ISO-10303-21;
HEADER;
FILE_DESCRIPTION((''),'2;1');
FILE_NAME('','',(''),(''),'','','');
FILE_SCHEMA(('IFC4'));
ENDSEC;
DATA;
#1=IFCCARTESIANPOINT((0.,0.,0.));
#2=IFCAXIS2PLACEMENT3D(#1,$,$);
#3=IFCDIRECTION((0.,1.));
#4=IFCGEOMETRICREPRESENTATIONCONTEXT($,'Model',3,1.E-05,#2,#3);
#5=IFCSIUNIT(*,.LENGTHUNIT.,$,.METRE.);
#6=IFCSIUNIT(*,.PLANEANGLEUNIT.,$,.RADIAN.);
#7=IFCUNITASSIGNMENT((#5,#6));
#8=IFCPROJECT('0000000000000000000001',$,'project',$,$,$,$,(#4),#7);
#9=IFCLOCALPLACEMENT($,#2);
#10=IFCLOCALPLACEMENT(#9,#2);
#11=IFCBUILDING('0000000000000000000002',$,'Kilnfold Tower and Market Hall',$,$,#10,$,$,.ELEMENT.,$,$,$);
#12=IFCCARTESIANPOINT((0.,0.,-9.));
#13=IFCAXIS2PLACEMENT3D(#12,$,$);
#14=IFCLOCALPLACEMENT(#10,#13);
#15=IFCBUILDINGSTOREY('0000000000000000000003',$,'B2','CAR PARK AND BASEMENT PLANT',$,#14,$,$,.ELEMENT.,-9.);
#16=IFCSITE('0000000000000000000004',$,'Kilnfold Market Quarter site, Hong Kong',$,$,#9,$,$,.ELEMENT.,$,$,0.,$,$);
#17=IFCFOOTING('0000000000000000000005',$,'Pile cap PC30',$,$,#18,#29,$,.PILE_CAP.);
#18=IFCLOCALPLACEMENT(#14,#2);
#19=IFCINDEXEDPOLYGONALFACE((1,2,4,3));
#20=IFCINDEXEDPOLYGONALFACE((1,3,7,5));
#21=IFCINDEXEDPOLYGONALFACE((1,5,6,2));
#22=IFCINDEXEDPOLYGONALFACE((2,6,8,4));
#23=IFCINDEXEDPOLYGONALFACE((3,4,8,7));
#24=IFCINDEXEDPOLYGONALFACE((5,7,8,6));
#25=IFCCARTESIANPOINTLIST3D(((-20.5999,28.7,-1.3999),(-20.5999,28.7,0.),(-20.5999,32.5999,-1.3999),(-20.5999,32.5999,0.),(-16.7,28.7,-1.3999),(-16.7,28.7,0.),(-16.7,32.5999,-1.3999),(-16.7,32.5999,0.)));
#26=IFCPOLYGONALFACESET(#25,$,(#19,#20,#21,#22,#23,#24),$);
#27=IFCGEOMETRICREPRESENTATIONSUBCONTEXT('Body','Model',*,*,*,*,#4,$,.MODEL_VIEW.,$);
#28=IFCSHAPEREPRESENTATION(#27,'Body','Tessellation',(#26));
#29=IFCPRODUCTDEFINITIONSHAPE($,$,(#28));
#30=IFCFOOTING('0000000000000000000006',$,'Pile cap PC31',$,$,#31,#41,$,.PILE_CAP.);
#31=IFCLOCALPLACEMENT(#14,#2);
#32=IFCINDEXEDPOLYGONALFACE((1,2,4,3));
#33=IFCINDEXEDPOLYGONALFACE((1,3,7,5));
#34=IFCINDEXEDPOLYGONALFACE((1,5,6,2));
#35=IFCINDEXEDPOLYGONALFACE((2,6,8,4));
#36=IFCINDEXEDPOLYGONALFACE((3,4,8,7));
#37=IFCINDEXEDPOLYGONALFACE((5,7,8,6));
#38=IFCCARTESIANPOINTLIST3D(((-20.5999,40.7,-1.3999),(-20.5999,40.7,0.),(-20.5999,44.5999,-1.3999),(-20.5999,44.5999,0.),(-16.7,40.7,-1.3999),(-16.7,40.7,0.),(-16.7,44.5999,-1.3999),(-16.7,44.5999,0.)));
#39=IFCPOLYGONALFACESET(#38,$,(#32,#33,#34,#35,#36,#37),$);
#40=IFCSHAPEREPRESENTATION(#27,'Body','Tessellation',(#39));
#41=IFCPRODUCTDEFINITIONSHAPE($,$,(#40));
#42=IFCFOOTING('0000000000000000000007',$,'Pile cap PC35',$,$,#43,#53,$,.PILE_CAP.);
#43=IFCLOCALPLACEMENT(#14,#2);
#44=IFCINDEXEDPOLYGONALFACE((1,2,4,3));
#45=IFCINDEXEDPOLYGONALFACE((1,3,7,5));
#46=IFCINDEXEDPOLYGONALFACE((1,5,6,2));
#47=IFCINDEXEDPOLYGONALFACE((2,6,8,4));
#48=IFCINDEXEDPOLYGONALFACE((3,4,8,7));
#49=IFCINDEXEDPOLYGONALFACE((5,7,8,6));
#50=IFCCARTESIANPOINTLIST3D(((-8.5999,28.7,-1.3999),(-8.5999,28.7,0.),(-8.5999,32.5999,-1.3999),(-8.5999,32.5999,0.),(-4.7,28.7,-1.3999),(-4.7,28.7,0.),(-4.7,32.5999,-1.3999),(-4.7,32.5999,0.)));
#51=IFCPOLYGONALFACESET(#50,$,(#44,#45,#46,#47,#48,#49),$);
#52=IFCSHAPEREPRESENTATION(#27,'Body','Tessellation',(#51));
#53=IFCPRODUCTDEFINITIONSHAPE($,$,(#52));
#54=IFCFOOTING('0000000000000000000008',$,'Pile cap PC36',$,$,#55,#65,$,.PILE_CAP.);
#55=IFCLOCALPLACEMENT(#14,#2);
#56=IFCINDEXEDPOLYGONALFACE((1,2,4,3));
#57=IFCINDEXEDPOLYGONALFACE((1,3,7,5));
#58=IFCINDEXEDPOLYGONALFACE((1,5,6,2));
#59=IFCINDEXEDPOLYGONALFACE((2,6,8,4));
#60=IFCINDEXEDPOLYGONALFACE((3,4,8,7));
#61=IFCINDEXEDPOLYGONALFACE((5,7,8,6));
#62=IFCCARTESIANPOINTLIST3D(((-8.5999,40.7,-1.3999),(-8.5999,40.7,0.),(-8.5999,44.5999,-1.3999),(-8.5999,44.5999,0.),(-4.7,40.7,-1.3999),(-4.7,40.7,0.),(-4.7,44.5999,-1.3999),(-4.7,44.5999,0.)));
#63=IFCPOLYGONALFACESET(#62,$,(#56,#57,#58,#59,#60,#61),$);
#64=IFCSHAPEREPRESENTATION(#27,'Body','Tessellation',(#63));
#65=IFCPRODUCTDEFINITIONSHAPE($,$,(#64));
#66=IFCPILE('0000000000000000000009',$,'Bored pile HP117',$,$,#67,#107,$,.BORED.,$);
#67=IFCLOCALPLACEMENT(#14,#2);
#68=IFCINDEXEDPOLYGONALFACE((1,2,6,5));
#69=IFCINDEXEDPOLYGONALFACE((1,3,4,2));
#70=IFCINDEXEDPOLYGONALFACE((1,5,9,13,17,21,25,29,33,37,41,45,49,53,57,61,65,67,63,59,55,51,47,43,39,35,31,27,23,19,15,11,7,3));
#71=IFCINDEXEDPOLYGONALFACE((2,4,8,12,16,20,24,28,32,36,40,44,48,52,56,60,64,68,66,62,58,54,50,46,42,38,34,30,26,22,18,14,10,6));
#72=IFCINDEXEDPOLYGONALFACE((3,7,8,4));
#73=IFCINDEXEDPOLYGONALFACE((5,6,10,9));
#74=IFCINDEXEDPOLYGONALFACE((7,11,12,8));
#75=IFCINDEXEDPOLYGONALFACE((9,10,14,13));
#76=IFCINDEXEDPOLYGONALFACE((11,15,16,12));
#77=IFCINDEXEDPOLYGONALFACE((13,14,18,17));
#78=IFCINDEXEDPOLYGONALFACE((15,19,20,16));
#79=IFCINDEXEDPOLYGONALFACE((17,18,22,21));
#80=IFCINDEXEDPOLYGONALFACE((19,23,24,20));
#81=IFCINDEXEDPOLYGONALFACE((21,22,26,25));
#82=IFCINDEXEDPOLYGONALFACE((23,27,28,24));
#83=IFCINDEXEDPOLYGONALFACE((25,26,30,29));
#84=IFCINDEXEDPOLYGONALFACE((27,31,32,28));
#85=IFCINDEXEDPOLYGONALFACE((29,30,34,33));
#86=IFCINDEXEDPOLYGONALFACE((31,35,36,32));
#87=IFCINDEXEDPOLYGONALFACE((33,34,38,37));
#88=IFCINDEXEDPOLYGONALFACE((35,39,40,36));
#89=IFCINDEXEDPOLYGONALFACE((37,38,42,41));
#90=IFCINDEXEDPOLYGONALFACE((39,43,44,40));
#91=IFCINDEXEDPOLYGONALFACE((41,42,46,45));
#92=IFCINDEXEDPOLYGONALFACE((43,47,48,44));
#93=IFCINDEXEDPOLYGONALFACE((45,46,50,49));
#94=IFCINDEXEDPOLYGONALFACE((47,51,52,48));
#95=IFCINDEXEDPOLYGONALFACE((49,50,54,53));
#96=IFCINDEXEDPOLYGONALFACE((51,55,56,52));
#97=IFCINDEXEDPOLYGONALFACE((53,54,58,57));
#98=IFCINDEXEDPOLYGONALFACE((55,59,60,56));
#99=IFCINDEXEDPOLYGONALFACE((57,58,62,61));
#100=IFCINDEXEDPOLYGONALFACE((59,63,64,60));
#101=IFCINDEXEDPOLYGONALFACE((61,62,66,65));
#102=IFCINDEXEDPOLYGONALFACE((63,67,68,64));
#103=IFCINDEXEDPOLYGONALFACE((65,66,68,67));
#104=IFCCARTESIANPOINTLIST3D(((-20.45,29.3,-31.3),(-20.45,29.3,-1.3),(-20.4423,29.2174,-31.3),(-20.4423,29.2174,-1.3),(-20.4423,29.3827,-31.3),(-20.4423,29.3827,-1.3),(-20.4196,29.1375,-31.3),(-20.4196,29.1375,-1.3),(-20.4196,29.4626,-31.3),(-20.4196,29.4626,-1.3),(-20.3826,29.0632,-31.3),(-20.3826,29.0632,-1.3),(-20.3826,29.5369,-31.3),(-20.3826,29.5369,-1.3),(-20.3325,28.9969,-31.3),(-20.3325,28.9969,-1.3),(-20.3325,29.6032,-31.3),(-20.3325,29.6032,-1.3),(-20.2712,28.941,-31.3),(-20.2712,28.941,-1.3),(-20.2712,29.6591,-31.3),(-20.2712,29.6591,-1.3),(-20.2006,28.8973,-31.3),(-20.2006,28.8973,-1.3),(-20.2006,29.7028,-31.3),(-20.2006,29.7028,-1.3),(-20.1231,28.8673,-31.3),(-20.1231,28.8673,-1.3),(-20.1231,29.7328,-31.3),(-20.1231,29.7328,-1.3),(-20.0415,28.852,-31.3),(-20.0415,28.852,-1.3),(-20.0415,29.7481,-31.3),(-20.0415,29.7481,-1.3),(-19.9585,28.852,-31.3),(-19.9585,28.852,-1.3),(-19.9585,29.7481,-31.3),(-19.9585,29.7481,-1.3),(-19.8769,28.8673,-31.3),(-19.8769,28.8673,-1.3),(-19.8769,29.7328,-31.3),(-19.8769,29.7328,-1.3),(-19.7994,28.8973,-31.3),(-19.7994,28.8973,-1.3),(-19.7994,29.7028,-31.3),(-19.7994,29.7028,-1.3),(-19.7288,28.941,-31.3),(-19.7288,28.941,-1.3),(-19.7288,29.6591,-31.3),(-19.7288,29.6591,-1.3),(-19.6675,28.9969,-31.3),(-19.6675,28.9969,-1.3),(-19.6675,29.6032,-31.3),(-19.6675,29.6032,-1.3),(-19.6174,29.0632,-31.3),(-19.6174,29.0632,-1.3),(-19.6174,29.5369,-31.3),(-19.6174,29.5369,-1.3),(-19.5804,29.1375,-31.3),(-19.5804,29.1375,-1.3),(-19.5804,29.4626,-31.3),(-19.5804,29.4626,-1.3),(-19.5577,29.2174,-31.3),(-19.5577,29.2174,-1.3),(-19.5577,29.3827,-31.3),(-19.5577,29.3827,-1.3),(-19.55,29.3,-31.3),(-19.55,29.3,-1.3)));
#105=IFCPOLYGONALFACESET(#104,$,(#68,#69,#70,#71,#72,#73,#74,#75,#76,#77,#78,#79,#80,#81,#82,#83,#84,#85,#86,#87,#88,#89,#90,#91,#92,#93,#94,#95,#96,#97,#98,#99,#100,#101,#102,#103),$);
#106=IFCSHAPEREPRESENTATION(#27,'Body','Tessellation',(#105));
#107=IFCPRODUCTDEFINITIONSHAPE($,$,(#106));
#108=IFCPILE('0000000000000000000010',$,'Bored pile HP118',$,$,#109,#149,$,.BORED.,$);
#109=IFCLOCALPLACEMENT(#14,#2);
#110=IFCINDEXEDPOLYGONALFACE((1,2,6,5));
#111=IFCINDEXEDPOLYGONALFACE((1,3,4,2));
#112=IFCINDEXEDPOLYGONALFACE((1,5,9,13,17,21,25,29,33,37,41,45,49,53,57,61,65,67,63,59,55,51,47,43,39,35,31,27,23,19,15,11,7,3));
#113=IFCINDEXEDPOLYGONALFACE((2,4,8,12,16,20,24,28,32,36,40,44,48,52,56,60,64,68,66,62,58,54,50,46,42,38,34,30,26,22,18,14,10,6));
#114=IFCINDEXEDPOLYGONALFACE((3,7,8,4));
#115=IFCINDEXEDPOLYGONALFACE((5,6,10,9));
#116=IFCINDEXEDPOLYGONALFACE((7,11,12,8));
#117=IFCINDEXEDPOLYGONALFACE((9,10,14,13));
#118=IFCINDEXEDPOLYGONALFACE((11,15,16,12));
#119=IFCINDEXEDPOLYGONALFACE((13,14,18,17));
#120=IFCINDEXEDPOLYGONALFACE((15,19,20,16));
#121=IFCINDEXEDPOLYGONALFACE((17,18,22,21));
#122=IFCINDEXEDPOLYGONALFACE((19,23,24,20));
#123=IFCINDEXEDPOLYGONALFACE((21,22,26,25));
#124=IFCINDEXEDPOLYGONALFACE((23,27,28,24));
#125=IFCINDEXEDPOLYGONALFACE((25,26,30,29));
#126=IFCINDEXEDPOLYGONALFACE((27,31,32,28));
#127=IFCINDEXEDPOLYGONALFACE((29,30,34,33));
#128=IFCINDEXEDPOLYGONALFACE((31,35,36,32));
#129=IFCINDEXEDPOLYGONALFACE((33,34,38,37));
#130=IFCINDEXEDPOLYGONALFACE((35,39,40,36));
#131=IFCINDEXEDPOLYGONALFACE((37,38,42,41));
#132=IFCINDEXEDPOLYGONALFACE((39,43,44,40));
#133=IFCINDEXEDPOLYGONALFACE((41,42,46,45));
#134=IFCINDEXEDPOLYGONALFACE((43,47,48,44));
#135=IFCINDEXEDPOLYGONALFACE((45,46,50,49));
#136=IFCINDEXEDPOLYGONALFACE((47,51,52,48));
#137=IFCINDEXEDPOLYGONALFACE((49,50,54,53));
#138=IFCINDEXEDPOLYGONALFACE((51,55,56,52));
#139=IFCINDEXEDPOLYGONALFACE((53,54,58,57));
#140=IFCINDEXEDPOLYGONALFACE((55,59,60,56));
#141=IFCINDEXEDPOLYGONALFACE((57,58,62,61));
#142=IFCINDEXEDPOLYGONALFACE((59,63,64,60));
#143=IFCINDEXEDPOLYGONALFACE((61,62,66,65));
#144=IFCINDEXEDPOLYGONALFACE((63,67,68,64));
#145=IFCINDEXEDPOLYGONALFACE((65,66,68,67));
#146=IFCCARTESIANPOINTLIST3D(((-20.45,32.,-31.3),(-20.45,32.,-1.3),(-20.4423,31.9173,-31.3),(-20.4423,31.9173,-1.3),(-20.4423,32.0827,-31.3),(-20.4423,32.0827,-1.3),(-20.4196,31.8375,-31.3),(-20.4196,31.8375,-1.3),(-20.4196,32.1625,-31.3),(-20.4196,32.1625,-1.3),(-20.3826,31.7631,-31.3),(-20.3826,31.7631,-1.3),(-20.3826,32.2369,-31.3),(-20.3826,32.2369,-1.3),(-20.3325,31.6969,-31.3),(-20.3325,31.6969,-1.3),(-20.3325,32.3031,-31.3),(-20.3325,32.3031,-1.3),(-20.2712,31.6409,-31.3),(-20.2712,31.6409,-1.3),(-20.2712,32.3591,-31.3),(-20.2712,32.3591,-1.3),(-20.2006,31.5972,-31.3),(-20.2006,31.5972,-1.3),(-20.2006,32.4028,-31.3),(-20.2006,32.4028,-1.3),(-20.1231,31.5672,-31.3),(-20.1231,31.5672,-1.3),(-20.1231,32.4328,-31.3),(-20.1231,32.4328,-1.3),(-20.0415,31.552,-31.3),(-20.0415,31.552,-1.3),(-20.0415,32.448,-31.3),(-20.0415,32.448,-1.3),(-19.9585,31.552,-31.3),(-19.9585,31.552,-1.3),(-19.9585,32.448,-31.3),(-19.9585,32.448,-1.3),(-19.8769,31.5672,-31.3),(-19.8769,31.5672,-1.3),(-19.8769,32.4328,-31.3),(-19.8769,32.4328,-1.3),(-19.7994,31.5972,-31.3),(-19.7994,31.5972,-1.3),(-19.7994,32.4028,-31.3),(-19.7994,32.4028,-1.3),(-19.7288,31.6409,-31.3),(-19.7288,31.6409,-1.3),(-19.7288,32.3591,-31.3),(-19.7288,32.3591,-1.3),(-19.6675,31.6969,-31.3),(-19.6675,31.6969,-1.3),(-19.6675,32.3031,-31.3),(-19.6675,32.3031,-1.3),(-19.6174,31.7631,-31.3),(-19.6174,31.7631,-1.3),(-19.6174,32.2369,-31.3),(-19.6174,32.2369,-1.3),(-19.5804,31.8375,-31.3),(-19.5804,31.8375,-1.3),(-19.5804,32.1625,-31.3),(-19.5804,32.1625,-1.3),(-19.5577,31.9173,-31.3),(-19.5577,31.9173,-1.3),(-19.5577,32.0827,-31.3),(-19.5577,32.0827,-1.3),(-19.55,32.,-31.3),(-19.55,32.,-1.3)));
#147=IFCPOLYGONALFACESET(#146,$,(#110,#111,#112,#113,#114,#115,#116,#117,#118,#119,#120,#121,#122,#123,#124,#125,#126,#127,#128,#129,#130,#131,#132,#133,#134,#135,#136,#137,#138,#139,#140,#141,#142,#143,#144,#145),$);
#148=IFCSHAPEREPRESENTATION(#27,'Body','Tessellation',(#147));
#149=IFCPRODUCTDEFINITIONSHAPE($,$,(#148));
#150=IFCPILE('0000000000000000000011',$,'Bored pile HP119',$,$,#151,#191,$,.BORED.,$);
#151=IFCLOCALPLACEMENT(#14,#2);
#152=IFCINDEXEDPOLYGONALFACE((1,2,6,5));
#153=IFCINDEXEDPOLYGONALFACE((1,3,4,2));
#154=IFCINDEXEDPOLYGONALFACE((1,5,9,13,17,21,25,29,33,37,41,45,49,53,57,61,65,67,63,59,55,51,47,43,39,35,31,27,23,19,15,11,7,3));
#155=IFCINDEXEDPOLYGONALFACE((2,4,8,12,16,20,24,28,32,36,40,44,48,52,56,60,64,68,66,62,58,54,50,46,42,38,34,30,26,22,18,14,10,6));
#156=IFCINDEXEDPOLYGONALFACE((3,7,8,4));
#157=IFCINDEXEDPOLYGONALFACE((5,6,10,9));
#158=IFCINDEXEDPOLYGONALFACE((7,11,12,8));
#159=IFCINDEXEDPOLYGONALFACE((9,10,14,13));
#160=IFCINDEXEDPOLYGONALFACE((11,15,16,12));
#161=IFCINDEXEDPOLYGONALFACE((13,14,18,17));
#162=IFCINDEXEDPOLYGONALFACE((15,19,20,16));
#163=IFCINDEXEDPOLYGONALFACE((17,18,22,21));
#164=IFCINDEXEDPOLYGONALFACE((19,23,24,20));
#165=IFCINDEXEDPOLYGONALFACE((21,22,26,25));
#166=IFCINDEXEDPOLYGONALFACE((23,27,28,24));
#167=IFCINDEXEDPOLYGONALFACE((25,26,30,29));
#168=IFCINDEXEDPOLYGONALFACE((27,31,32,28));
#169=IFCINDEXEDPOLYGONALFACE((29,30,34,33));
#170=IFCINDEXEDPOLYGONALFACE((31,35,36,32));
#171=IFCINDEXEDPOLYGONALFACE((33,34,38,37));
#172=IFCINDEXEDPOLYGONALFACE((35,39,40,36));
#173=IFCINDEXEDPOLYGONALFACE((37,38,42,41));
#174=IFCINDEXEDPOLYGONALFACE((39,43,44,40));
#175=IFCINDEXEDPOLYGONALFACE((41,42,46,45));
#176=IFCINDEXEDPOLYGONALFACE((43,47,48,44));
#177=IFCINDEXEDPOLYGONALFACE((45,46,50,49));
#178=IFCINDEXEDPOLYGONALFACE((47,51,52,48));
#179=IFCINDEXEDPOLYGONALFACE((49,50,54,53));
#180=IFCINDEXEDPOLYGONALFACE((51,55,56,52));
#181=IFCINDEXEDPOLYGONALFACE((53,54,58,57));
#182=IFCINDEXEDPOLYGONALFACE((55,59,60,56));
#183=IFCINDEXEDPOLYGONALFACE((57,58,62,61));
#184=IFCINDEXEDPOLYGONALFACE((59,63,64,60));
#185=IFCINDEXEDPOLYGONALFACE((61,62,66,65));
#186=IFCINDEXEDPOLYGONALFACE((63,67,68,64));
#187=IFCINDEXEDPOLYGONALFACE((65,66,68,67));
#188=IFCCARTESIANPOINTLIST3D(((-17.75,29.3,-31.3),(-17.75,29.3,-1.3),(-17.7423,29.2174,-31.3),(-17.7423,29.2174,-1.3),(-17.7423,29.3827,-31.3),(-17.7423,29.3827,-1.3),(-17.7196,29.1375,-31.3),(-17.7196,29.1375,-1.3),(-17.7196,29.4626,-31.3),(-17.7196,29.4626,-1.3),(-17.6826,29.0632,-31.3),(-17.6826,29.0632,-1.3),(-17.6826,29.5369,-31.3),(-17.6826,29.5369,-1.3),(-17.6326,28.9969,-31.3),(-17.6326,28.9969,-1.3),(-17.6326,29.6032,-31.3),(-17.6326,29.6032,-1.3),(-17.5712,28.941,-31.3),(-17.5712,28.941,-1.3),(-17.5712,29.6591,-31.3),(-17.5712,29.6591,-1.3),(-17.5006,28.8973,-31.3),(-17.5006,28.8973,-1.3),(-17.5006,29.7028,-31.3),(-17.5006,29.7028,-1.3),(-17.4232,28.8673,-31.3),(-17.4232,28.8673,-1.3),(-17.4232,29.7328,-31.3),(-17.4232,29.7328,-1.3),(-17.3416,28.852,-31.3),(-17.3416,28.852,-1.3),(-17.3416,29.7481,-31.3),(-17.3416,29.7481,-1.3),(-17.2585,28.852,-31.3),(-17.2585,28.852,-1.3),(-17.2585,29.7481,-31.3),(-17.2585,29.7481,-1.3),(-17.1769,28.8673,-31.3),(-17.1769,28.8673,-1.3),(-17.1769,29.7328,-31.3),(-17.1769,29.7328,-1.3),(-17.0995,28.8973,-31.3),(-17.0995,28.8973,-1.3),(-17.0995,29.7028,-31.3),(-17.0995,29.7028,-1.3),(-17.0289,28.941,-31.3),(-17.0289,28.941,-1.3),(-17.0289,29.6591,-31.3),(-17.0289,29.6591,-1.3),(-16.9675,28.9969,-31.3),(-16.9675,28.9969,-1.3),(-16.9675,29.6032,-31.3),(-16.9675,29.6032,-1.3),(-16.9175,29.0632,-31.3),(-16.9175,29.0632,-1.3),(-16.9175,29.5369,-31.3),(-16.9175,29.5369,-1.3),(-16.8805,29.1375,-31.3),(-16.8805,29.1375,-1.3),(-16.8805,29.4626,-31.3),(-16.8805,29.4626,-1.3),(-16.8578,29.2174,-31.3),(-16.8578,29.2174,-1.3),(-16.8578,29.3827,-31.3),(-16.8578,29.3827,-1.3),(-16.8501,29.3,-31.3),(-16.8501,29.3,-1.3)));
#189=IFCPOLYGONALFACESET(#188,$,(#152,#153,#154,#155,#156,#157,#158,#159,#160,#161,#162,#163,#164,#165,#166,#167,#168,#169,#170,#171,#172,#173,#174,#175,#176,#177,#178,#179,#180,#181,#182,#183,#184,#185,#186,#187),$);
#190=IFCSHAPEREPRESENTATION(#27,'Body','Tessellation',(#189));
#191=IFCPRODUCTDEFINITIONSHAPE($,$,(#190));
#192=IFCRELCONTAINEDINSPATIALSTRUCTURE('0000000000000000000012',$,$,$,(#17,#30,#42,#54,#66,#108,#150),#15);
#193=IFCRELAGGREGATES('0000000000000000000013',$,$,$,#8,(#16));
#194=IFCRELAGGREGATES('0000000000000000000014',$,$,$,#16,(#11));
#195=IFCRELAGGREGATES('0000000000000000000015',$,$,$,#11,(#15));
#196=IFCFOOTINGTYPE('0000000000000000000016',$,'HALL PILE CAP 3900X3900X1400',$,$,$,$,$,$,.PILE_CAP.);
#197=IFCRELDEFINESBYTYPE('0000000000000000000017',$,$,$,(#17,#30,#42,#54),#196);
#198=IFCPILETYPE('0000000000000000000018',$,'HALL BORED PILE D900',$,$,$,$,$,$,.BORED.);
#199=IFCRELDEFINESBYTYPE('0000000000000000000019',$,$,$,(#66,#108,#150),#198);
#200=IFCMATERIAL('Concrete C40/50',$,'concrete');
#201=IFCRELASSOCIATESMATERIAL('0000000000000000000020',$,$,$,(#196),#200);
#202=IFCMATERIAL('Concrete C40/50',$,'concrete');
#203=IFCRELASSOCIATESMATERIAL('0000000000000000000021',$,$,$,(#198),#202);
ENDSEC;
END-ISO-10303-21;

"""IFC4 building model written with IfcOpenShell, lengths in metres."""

from ifc_helpers import new_model, si_unit, direction, frame, origin, origin_2d, place, context, subcontext, project, spatial, rectangle, circle, extrude, source, transform, mapped, material, material_profile, profile_set, type_object, element, save


model = new_model("IFC4")

# Units and contexts
model_context = context("Model", 3, precision=1e-05, world=origin(), true_north=direction((0.0, 1.0)))
body_context = subcontext(model_context, "Body", "Model", "MODEL_VIEW")
ifc_project = project(units=[si_unit("LENGTHUNIT", "METRE"), si_unit("PLANEANGLEUNIT", "RADIAN")], contexts=[model_context])

# Site, building, storey
site_placement = place(None, origin())
site = spatial("IfcSite", under=ifc_project, at=site_placement, Name="Kilnfold Market Quarter site, Hong Kong", CompositionType="ELEMENT", RefElevation=0.0)
building_placement = place(site_placement, origin())
building = spatial("IfcBuilding", under=site, at=building_placement, Name="Kilnfold Tower and Market Hall", CompositionType="ELEMENT")
storey_placement = place(building_placement, frame((0.0, 0.0, -9.0)))
storey = spatial("IfcBuildingStorey", under=building, at=storey_placement, Name="B2", Description="CAR PARK AND BASEMENT PLANT", CompositionType="ELEMENT", Elevation=-9.0)

# Footings
ifc_material_1 = material(Name="Concrete C40/50", Category="concrete")
footing_type = type_object("IfcFootingType", Name="HALL PILE CAP 3900X3900X1400", PredefinedType="PILE_CAP", material=ifc_material_1)
shared_shape_1 = source(origin(), body_context, "Body", "SweptSolid", [
    extrude(rectangle(XDim=3.8999, YDim=3.8999, at=origin_2d()), origin(), (0.0, 0.0, 1.0), 1.3999),
])
for number, where, z_axis, x_axis, name in (
    (1, (-18.6499, 30.6499, -1.3999), (0.0, 0.0, 1.0), (1.0, 0.0, 0.0), "Pile cap PC30"),
    (2, (-18.6499, 42.6499, -1.3999), (0.0, 0.0, 1.0), (1.0, 0.0, 0.0), "Pile cap PC31"),
    (3, (-6.6499, 30.6499, -1.3999), (0.0, 0.0, 1.0), (1.0, 0.0, 0.0), "Pile cap PC35"),
    (4, (-6.6499, 42.6499, -1.3999), (0.0, 0.0, 1.0), (1.0, 0.0, 0.0), "Pile cap PC36"),
):
    element("IfcFooting", number, at=place(storey_placement, frame(where, z_axis=z_axis, x_axis=x_axis)), inside=storey, type_object=footing_type, Name=name, PredefinedType="PILE_CAP", context=body_context, shape_type="MappedRepresentation", body=[
        mapped(shared_shape_1, transform((0.0, 0.0, 0.0))),
    ])

# Piles
ifc_material_2 = material(Name="Concrete C40/50", Category="concrete")
ifc_material_profile_1 = material_profile(ifc_material_2, circle(Radius=0.45, at=origin_2d()), Name="D900")
ifc_profile_set_1 = profile_set([ifc_material_profile_1], Name="Concrete C40/50")
pile_type = type_object("IfcPileType", Name="HALL BORED PILE D900", PredefinedType="BORED", material=ifc_profile_set_1)
shared_shape_2 = source(origin(), body_context, "Body", "SweptSolid", [
    extrude(circle(Radius=0.45, at=origin_2d()), origin(), (0.0, 0.0, 1.0), 30.0),
])
for number, where, z_axis, x_axis, name in (
    (5, (-20.0, 29.3, -1.3), (0.0, 0.0, -1.0), (1.0, 0.0, 0.0), "Bored pile HP117"),
    (6, (-20.0, 32.0, -1.3), (0.0, 0.0, -1.0), (1.0, 0.0, 0.0), "Bored pile HP118"),
    (7, (-17.3, 29.3, -1.3), (0.0, 0.0, -1.0), (1.0, 0.0, 0.0), "Bored pile HP119"),
):
    element("IfcPile", number, at=place(storey_placement, frame(where, z_axis=z_axis, x_axis=x_axis)), inside=storey, type_object=pile_type, Name=name, PredefinedType="BORED", context=body_context, shape_type="MappedRepresentation", body=[
        mapped(shared_shape_2, transform((0.0, 0.0, 0.0))),
    ])

save(model, "model.ifc")
